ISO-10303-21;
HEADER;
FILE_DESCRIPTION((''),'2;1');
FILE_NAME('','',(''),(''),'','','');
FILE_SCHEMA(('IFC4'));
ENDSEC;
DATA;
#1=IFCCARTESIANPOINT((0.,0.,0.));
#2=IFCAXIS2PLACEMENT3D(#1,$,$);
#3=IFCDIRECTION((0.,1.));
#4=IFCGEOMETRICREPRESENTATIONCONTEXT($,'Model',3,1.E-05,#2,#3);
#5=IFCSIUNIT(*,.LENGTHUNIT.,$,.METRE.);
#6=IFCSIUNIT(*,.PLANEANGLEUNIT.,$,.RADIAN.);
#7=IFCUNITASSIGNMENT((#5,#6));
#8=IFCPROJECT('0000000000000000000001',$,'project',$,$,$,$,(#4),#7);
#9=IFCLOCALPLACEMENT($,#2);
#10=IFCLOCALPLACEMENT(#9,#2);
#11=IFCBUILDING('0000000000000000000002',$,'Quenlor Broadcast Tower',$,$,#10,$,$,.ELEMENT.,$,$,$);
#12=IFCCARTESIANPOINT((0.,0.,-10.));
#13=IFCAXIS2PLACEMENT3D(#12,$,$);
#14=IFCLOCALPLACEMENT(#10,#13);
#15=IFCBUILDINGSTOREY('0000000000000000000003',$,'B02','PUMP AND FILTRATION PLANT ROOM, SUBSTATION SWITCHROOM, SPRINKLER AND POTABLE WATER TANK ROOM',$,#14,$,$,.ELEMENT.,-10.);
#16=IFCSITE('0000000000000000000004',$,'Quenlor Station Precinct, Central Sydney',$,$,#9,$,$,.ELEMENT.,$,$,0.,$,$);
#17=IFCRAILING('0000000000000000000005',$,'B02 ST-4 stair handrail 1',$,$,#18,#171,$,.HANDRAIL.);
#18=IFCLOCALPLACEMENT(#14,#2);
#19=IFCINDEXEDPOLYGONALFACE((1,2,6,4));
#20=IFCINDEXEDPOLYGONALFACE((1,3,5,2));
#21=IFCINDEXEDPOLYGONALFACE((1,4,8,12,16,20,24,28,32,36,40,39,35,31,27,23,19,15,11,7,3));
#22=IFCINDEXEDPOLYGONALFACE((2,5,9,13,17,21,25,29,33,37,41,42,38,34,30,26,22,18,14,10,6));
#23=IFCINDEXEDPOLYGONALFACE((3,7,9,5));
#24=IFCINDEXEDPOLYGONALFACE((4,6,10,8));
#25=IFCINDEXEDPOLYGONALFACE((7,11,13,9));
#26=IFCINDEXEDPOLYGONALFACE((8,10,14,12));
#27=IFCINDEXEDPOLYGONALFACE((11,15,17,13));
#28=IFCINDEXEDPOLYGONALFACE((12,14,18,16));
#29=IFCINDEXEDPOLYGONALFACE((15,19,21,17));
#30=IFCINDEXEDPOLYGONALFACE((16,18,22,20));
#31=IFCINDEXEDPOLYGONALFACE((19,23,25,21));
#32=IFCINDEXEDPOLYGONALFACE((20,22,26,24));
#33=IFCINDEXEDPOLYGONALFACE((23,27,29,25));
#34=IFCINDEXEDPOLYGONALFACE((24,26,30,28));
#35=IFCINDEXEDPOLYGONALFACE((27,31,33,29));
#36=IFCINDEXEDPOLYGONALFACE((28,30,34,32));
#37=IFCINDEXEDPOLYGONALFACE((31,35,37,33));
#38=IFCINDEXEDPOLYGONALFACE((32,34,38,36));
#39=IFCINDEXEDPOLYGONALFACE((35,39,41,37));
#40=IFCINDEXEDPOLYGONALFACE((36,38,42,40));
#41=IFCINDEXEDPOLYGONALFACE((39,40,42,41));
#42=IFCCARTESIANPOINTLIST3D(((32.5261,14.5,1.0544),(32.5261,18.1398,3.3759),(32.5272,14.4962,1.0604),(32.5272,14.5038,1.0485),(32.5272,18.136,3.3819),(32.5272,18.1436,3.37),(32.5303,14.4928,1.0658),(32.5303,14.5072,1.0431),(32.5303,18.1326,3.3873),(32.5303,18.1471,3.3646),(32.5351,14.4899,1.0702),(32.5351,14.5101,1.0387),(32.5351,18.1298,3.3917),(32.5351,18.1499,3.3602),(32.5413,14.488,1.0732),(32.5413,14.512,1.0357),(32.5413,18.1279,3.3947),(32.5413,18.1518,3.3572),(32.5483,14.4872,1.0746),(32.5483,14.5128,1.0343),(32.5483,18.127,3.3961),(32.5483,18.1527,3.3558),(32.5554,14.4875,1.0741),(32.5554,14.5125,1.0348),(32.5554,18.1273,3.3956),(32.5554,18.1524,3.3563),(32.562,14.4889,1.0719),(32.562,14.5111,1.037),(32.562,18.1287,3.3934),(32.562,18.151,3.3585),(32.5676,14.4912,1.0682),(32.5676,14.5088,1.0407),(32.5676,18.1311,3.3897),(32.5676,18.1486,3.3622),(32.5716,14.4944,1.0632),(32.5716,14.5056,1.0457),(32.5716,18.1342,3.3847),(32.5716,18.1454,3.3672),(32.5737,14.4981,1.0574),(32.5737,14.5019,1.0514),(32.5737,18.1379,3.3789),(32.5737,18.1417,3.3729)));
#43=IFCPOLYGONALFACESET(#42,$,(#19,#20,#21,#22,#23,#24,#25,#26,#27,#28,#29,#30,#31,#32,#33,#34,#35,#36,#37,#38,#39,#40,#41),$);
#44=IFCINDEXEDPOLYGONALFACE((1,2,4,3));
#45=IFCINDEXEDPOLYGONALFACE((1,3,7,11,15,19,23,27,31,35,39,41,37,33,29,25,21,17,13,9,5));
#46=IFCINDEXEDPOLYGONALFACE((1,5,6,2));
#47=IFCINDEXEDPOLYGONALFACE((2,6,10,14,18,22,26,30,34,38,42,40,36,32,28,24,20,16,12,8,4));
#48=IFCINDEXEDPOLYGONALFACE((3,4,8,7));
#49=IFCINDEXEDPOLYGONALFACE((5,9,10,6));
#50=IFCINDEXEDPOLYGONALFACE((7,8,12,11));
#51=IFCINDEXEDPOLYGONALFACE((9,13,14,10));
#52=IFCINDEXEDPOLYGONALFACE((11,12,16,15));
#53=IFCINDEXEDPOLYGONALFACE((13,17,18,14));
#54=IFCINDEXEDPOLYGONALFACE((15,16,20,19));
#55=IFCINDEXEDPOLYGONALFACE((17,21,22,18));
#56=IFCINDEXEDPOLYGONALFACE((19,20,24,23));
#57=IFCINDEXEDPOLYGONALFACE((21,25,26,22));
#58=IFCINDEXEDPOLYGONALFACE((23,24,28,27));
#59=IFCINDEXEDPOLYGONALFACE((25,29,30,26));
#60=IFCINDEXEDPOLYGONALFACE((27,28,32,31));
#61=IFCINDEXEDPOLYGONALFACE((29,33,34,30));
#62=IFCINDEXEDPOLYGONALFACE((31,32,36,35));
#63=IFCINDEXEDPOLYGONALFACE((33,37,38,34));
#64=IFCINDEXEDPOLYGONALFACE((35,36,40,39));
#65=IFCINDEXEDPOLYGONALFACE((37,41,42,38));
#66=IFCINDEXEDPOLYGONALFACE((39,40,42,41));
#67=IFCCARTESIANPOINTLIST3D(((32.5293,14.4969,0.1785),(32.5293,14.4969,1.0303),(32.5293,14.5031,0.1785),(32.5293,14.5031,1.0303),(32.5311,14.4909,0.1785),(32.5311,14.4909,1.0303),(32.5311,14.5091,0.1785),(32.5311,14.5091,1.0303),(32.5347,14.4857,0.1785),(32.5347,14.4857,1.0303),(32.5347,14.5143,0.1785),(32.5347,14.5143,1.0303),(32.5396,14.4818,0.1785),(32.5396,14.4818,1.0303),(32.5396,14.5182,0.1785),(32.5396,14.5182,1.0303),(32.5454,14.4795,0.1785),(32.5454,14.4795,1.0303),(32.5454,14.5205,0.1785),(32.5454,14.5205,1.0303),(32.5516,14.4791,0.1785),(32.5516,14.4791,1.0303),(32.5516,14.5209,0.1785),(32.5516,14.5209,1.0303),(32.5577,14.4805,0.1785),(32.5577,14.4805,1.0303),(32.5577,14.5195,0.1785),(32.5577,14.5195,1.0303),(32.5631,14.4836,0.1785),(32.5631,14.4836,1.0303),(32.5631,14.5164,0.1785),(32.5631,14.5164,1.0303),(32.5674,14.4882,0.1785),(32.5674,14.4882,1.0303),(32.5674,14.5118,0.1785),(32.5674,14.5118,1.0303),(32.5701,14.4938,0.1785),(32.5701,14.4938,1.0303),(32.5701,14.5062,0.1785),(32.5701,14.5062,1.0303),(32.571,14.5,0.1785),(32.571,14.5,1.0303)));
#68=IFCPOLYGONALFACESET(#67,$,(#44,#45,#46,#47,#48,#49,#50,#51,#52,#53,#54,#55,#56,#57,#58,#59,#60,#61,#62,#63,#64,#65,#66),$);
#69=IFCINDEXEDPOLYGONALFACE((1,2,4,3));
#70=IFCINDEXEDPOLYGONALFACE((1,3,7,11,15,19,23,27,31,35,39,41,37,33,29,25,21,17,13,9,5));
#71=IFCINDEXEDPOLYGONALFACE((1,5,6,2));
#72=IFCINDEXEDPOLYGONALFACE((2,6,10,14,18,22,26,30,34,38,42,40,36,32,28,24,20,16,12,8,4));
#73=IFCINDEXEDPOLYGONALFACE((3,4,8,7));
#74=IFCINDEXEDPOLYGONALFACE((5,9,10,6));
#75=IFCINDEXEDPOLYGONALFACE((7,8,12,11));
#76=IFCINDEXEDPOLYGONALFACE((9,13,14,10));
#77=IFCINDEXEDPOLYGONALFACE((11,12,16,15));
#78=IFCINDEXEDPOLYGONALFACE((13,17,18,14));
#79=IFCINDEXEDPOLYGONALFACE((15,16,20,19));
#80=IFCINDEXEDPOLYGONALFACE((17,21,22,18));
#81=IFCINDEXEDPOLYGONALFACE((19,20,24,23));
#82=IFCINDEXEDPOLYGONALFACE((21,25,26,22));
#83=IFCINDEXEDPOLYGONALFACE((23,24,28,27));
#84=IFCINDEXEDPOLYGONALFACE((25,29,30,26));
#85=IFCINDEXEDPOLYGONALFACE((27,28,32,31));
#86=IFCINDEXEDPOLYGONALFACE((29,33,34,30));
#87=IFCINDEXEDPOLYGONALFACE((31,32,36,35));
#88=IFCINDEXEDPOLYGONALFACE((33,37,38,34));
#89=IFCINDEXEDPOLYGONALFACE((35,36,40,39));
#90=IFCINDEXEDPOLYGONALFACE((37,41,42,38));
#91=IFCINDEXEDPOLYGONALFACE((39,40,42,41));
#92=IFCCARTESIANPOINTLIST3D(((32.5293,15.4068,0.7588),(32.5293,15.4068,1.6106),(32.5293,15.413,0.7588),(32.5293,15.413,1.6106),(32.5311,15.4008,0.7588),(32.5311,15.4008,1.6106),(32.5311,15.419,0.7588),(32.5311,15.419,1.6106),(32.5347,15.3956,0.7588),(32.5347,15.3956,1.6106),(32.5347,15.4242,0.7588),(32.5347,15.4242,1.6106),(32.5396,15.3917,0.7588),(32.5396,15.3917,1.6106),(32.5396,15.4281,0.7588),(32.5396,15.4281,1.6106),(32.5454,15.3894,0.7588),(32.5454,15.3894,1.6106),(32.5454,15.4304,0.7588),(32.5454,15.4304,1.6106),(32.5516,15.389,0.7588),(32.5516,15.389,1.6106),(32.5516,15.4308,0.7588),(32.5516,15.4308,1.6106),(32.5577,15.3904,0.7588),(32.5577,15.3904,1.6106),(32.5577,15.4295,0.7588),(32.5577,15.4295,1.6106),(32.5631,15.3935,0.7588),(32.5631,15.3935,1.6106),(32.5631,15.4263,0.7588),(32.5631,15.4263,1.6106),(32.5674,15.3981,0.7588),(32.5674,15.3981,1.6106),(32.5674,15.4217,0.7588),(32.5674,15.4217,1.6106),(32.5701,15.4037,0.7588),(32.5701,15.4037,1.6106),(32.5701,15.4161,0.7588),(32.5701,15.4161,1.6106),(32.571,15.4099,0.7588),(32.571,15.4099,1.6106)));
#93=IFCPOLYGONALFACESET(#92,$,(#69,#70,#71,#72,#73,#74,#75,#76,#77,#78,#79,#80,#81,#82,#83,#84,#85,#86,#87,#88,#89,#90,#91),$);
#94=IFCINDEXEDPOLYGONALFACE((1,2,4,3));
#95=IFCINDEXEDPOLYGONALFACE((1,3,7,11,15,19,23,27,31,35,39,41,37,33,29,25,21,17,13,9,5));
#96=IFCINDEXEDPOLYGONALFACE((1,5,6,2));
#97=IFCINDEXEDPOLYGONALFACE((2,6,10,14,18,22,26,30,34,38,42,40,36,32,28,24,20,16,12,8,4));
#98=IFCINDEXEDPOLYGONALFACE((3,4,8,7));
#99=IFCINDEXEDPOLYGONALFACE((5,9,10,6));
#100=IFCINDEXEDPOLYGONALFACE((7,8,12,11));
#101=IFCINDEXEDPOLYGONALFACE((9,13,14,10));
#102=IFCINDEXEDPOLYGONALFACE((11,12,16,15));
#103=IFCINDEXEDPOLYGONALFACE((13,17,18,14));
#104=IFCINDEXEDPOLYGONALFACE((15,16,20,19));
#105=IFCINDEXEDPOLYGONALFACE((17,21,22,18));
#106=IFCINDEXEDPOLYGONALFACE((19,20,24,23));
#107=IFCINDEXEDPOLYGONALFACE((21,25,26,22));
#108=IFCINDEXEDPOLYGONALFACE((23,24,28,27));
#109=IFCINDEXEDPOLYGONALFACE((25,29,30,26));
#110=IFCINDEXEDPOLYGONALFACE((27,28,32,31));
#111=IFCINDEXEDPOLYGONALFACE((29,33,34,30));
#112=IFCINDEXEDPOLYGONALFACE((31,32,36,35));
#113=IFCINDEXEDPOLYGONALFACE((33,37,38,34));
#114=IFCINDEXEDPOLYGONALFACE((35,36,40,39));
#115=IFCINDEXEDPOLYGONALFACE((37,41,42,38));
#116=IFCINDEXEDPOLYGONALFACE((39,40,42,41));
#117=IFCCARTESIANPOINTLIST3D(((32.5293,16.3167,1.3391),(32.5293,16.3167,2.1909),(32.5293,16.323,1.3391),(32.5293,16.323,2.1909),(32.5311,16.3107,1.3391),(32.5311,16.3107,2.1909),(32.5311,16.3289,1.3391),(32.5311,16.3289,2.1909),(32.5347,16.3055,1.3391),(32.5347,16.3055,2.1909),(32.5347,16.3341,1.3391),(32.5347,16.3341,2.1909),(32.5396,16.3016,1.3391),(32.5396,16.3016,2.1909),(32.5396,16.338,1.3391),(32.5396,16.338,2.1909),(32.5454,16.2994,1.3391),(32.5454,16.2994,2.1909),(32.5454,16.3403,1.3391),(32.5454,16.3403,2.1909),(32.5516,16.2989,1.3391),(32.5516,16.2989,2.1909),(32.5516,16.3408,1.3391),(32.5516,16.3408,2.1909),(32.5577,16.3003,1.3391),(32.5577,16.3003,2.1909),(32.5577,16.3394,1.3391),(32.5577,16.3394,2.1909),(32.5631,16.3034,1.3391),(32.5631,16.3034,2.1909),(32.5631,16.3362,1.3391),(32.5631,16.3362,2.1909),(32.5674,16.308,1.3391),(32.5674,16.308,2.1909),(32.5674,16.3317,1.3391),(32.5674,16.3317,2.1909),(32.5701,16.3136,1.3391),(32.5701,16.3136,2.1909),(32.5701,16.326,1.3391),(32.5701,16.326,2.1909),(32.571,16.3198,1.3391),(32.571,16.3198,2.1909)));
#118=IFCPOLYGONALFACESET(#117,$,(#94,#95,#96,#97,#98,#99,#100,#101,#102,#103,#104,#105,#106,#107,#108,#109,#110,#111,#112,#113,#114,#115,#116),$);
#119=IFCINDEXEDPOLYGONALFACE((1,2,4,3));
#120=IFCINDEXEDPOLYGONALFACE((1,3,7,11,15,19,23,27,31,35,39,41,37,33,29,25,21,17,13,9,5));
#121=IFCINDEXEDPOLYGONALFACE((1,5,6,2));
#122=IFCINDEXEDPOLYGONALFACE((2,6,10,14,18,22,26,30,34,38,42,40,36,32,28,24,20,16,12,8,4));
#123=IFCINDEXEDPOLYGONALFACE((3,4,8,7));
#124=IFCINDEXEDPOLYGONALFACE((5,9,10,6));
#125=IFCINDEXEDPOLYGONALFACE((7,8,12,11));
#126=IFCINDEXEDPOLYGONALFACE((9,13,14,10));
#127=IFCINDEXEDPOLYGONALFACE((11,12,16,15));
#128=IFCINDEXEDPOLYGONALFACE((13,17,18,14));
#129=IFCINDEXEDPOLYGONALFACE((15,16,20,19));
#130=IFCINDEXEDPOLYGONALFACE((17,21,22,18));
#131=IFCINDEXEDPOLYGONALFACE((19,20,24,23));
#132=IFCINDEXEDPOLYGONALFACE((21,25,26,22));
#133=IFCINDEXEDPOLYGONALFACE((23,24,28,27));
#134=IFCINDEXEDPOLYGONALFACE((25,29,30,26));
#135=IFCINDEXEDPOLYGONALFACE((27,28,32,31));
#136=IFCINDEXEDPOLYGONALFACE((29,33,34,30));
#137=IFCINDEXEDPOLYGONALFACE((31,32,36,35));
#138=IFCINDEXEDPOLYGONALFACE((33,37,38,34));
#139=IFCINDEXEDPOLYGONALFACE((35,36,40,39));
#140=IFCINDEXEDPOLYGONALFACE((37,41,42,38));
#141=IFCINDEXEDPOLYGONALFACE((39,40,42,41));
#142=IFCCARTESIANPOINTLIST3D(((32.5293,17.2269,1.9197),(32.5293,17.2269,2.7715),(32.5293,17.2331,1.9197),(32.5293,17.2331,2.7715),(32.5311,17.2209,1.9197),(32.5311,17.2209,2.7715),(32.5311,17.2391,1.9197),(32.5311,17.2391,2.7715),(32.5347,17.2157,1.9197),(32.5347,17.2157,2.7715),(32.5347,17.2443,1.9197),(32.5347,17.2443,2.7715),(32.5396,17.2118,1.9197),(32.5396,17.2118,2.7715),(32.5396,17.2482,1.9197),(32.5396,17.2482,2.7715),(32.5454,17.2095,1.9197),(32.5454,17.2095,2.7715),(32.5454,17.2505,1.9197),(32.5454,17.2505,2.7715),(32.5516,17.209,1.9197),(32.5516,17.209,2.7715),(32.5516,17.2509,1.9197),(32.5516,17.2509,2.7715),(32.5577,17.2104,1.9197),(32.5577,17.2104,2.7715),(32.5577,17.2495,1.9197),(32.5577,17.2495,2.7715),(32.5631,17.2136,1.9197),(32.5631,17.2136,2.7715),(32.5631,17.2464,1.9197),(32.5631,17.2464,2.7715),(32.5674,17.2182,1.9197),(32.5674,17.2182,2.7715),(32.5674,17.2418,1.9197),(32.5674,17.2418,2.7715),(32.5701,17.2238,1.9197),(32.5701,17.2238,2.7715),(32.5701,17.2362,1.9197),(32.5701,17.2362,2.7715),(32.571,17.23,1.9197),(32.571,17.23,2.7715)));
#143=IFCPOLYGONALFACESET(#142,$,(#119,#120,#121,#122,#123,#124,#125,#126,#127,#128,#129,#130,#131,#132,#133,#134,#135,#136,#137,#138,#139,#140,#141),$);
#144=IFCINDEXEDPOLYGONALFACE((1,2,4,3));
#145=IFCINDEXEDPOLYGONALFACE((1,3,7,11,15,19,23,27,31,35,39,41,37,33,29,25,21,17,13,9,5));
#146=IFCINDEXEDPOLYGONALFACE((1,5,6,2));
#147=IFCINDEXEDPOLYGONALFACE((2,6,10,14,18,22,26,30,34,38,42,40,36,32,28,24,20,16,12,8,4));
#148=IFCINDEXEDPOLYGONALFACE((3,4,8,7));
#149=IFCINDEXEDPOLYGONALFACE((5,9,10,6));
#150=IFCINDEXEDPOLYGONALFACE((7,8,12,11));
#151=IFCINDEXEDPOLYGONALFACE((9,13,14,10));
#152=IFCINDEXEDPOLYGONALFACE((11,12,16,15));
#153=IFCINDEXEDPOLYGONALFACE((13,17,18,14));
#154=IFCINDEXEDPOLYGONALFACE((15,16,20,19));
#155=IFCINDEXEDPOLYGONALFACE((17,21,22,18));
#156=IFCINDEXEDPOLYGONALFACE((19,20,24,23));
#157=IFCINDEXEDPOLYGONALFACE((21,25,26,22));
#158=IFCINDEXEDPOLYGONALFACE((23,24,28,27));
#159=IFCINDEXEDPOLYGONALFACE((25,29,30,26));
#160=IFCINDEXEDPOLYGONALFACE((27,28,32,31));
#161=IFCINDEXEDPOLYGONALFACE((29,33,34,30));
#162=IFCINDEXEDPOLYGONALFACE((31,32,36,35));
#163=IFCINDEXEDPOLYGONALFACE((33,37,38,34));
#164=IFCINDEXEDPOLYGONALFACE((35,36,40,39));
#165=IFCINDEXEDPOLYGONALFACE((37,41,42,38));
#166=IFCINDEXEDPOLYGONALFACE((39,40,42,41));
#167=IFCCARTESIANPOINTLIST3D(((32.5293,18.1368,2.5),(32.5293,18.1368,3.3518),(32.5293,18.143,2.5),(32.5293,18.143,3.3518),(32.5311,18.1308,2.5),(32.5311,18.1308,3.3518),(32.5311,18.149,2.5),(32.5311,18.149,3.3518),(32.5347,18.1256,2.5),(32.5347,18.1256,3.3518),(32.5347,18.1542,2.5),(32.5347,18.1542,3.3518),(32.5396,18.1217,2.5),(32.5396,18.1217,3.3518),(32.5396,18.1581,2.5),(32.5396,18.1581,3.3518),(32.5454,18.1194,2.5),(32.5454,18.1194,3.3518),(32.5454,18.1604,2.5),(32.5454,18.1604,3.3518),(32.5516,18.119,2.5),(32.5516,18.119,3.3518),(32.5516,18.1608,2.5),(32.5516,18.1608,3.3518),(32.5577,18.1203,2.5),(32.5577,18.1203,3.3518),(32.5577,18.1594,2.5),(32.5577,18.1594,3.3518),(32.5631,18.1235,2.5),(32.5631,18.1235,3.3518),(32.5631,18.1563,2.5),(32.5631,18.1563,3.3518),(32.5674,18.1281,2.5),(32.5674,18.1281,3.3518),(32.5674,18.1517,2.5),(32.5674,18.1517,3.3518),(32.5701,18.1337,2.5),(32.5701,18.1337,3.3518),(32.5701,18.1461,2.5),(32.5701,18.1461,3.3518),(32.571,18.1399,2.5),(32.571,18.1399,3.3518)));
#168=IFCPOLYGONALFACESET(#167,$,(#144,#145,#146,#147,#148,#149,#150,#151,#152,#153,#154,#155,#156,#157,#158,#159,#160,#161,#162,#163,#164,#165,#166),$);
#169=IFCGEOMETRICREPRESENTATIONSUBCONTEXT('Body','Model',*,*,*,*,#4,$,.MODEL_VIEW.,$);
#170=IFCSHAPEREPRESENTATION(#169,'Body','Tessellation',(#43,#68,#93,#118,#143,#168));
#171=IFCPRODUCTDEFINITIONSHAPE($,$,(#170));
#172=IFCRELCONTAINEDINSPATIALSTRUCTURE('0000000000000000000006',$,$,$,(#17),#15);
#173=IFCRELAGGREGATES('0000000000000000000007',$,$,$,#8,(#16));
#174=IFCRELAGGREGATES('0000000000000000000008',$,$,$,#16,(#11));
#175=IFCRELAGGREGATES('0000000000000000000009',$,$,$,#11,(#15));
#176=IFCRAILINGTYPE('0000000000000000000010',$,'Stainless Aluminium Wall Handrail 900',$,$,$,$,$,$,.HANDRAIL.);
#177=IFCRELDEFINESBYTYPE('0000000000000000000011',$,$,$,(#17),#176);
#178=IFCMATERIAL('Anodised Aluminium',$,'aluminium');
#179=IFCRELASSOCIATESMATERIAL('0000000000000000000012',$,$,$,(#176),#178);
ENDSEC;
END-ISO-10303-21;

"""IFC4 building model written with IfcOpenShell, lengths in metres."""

from ifc_helpers import new_model, si_unit, direction, frame, origin, origin_2d, place, context, subcontext, project, spatial, circle, extrude, material, type_object, element, save


model = new_model("IFC4")

# Units and contexts
model_context = context("Model", 3, precision=1e-05, world=origin(), true_north=direction((0.0, 1.0)))
body_context = subcontext(model_context, "Body", "Model", "MODEL_VIEW")
ifc_project = project(units=[si_unit("LENGTHUNIT", "METRE"), si_unit("PLANEANGLEUNIT", "RADIAN")], contexts=[model_context])

# Site, building, storey
site_placement = place(None, origin())
site = spatial("IfcSite", under=ifc_project, at=site_placement, Name="Quenlor Station Precinct, Central Sydney", CompositionType="ELEMENT", RefElevation=0.0)
building_placement = place(site_placement, origin())
building = spatial("IfcBuilding", under=site, at=building_placement, Name="Quenlor Broadcast Tower", CompositionType="ELEMENT")
storey_placement = place(building_placement, frame((0.0, 0.0, -10.0)))
storey = spatial("IfcBuildingStorey", under=building, at=storey_placement, Name="B02", Description="PUMP AND FILTRATION PLANT ROOM, SUBSTATION SWITCHROOM, SPRINKLER AND POTABLE WATER TANK ROOM", CompositionType="ELEMENT", Elevation=-10.0)

# Railing
ifc_material_1 = material(Name="Anodised Aluminium", Category="aluminium")
railing_type_1 = type_object("IfcRailingType", Name="Stainless Aluminium Wall Handrail 900", PredefinedType="HANDRAIL", material=ifc_material_1)
railing_1_placement = place(storey_placement, frame((32.55, 14.5, 0.1785)))
element("IfcRailing", 1, at=railing_1_placement, inside=storey, type_object=railing_type_1, Name="B02 ST-4 stair handrail 1", PredefinedType="HANDRAIL", context=body_context, shape_type="SweptSolid", body=[
    extrude(circle(Radius=0.0239, at=origin_2d()), frame((0.0, 0.0, 0.876), z_axis=(0.0, 0.843112, 0.537739), x_axis=(-1.0, 0.0, 0.0)), (0.0, 0.0, 1.0), 4.3171),
    extrude(circle(Radius=0.021, at=origin_2d()), origin(), (0.0, 0.0, 1.0), 0.8518),
    extrude(circle(Radius=0.021, at=origin_2d()), frame((0.0, 0.9099, 0.5803)), (0.0, 0.0, 1.0), 0.8518),
    extrude(circle(Radius=0.021, at=origin_2d()), frame((0.0, 1.8198, 1.1606)), (0.0, 0.0, 1.0), 0.8518),
    extrude(circle(Radius=0.021, at=origin_2d()), frame((0.0, 2.73, 1.7412)), (0.0, 0.0, 1.0), 0.8518),
    extrude(circle(Radius=0.021, at=origin_2d()), frame((0.0, 3.6399, 2.3215)), (0.0, 0.0, 1.0), 0.8518),
])

save(model, "model.ifc")
